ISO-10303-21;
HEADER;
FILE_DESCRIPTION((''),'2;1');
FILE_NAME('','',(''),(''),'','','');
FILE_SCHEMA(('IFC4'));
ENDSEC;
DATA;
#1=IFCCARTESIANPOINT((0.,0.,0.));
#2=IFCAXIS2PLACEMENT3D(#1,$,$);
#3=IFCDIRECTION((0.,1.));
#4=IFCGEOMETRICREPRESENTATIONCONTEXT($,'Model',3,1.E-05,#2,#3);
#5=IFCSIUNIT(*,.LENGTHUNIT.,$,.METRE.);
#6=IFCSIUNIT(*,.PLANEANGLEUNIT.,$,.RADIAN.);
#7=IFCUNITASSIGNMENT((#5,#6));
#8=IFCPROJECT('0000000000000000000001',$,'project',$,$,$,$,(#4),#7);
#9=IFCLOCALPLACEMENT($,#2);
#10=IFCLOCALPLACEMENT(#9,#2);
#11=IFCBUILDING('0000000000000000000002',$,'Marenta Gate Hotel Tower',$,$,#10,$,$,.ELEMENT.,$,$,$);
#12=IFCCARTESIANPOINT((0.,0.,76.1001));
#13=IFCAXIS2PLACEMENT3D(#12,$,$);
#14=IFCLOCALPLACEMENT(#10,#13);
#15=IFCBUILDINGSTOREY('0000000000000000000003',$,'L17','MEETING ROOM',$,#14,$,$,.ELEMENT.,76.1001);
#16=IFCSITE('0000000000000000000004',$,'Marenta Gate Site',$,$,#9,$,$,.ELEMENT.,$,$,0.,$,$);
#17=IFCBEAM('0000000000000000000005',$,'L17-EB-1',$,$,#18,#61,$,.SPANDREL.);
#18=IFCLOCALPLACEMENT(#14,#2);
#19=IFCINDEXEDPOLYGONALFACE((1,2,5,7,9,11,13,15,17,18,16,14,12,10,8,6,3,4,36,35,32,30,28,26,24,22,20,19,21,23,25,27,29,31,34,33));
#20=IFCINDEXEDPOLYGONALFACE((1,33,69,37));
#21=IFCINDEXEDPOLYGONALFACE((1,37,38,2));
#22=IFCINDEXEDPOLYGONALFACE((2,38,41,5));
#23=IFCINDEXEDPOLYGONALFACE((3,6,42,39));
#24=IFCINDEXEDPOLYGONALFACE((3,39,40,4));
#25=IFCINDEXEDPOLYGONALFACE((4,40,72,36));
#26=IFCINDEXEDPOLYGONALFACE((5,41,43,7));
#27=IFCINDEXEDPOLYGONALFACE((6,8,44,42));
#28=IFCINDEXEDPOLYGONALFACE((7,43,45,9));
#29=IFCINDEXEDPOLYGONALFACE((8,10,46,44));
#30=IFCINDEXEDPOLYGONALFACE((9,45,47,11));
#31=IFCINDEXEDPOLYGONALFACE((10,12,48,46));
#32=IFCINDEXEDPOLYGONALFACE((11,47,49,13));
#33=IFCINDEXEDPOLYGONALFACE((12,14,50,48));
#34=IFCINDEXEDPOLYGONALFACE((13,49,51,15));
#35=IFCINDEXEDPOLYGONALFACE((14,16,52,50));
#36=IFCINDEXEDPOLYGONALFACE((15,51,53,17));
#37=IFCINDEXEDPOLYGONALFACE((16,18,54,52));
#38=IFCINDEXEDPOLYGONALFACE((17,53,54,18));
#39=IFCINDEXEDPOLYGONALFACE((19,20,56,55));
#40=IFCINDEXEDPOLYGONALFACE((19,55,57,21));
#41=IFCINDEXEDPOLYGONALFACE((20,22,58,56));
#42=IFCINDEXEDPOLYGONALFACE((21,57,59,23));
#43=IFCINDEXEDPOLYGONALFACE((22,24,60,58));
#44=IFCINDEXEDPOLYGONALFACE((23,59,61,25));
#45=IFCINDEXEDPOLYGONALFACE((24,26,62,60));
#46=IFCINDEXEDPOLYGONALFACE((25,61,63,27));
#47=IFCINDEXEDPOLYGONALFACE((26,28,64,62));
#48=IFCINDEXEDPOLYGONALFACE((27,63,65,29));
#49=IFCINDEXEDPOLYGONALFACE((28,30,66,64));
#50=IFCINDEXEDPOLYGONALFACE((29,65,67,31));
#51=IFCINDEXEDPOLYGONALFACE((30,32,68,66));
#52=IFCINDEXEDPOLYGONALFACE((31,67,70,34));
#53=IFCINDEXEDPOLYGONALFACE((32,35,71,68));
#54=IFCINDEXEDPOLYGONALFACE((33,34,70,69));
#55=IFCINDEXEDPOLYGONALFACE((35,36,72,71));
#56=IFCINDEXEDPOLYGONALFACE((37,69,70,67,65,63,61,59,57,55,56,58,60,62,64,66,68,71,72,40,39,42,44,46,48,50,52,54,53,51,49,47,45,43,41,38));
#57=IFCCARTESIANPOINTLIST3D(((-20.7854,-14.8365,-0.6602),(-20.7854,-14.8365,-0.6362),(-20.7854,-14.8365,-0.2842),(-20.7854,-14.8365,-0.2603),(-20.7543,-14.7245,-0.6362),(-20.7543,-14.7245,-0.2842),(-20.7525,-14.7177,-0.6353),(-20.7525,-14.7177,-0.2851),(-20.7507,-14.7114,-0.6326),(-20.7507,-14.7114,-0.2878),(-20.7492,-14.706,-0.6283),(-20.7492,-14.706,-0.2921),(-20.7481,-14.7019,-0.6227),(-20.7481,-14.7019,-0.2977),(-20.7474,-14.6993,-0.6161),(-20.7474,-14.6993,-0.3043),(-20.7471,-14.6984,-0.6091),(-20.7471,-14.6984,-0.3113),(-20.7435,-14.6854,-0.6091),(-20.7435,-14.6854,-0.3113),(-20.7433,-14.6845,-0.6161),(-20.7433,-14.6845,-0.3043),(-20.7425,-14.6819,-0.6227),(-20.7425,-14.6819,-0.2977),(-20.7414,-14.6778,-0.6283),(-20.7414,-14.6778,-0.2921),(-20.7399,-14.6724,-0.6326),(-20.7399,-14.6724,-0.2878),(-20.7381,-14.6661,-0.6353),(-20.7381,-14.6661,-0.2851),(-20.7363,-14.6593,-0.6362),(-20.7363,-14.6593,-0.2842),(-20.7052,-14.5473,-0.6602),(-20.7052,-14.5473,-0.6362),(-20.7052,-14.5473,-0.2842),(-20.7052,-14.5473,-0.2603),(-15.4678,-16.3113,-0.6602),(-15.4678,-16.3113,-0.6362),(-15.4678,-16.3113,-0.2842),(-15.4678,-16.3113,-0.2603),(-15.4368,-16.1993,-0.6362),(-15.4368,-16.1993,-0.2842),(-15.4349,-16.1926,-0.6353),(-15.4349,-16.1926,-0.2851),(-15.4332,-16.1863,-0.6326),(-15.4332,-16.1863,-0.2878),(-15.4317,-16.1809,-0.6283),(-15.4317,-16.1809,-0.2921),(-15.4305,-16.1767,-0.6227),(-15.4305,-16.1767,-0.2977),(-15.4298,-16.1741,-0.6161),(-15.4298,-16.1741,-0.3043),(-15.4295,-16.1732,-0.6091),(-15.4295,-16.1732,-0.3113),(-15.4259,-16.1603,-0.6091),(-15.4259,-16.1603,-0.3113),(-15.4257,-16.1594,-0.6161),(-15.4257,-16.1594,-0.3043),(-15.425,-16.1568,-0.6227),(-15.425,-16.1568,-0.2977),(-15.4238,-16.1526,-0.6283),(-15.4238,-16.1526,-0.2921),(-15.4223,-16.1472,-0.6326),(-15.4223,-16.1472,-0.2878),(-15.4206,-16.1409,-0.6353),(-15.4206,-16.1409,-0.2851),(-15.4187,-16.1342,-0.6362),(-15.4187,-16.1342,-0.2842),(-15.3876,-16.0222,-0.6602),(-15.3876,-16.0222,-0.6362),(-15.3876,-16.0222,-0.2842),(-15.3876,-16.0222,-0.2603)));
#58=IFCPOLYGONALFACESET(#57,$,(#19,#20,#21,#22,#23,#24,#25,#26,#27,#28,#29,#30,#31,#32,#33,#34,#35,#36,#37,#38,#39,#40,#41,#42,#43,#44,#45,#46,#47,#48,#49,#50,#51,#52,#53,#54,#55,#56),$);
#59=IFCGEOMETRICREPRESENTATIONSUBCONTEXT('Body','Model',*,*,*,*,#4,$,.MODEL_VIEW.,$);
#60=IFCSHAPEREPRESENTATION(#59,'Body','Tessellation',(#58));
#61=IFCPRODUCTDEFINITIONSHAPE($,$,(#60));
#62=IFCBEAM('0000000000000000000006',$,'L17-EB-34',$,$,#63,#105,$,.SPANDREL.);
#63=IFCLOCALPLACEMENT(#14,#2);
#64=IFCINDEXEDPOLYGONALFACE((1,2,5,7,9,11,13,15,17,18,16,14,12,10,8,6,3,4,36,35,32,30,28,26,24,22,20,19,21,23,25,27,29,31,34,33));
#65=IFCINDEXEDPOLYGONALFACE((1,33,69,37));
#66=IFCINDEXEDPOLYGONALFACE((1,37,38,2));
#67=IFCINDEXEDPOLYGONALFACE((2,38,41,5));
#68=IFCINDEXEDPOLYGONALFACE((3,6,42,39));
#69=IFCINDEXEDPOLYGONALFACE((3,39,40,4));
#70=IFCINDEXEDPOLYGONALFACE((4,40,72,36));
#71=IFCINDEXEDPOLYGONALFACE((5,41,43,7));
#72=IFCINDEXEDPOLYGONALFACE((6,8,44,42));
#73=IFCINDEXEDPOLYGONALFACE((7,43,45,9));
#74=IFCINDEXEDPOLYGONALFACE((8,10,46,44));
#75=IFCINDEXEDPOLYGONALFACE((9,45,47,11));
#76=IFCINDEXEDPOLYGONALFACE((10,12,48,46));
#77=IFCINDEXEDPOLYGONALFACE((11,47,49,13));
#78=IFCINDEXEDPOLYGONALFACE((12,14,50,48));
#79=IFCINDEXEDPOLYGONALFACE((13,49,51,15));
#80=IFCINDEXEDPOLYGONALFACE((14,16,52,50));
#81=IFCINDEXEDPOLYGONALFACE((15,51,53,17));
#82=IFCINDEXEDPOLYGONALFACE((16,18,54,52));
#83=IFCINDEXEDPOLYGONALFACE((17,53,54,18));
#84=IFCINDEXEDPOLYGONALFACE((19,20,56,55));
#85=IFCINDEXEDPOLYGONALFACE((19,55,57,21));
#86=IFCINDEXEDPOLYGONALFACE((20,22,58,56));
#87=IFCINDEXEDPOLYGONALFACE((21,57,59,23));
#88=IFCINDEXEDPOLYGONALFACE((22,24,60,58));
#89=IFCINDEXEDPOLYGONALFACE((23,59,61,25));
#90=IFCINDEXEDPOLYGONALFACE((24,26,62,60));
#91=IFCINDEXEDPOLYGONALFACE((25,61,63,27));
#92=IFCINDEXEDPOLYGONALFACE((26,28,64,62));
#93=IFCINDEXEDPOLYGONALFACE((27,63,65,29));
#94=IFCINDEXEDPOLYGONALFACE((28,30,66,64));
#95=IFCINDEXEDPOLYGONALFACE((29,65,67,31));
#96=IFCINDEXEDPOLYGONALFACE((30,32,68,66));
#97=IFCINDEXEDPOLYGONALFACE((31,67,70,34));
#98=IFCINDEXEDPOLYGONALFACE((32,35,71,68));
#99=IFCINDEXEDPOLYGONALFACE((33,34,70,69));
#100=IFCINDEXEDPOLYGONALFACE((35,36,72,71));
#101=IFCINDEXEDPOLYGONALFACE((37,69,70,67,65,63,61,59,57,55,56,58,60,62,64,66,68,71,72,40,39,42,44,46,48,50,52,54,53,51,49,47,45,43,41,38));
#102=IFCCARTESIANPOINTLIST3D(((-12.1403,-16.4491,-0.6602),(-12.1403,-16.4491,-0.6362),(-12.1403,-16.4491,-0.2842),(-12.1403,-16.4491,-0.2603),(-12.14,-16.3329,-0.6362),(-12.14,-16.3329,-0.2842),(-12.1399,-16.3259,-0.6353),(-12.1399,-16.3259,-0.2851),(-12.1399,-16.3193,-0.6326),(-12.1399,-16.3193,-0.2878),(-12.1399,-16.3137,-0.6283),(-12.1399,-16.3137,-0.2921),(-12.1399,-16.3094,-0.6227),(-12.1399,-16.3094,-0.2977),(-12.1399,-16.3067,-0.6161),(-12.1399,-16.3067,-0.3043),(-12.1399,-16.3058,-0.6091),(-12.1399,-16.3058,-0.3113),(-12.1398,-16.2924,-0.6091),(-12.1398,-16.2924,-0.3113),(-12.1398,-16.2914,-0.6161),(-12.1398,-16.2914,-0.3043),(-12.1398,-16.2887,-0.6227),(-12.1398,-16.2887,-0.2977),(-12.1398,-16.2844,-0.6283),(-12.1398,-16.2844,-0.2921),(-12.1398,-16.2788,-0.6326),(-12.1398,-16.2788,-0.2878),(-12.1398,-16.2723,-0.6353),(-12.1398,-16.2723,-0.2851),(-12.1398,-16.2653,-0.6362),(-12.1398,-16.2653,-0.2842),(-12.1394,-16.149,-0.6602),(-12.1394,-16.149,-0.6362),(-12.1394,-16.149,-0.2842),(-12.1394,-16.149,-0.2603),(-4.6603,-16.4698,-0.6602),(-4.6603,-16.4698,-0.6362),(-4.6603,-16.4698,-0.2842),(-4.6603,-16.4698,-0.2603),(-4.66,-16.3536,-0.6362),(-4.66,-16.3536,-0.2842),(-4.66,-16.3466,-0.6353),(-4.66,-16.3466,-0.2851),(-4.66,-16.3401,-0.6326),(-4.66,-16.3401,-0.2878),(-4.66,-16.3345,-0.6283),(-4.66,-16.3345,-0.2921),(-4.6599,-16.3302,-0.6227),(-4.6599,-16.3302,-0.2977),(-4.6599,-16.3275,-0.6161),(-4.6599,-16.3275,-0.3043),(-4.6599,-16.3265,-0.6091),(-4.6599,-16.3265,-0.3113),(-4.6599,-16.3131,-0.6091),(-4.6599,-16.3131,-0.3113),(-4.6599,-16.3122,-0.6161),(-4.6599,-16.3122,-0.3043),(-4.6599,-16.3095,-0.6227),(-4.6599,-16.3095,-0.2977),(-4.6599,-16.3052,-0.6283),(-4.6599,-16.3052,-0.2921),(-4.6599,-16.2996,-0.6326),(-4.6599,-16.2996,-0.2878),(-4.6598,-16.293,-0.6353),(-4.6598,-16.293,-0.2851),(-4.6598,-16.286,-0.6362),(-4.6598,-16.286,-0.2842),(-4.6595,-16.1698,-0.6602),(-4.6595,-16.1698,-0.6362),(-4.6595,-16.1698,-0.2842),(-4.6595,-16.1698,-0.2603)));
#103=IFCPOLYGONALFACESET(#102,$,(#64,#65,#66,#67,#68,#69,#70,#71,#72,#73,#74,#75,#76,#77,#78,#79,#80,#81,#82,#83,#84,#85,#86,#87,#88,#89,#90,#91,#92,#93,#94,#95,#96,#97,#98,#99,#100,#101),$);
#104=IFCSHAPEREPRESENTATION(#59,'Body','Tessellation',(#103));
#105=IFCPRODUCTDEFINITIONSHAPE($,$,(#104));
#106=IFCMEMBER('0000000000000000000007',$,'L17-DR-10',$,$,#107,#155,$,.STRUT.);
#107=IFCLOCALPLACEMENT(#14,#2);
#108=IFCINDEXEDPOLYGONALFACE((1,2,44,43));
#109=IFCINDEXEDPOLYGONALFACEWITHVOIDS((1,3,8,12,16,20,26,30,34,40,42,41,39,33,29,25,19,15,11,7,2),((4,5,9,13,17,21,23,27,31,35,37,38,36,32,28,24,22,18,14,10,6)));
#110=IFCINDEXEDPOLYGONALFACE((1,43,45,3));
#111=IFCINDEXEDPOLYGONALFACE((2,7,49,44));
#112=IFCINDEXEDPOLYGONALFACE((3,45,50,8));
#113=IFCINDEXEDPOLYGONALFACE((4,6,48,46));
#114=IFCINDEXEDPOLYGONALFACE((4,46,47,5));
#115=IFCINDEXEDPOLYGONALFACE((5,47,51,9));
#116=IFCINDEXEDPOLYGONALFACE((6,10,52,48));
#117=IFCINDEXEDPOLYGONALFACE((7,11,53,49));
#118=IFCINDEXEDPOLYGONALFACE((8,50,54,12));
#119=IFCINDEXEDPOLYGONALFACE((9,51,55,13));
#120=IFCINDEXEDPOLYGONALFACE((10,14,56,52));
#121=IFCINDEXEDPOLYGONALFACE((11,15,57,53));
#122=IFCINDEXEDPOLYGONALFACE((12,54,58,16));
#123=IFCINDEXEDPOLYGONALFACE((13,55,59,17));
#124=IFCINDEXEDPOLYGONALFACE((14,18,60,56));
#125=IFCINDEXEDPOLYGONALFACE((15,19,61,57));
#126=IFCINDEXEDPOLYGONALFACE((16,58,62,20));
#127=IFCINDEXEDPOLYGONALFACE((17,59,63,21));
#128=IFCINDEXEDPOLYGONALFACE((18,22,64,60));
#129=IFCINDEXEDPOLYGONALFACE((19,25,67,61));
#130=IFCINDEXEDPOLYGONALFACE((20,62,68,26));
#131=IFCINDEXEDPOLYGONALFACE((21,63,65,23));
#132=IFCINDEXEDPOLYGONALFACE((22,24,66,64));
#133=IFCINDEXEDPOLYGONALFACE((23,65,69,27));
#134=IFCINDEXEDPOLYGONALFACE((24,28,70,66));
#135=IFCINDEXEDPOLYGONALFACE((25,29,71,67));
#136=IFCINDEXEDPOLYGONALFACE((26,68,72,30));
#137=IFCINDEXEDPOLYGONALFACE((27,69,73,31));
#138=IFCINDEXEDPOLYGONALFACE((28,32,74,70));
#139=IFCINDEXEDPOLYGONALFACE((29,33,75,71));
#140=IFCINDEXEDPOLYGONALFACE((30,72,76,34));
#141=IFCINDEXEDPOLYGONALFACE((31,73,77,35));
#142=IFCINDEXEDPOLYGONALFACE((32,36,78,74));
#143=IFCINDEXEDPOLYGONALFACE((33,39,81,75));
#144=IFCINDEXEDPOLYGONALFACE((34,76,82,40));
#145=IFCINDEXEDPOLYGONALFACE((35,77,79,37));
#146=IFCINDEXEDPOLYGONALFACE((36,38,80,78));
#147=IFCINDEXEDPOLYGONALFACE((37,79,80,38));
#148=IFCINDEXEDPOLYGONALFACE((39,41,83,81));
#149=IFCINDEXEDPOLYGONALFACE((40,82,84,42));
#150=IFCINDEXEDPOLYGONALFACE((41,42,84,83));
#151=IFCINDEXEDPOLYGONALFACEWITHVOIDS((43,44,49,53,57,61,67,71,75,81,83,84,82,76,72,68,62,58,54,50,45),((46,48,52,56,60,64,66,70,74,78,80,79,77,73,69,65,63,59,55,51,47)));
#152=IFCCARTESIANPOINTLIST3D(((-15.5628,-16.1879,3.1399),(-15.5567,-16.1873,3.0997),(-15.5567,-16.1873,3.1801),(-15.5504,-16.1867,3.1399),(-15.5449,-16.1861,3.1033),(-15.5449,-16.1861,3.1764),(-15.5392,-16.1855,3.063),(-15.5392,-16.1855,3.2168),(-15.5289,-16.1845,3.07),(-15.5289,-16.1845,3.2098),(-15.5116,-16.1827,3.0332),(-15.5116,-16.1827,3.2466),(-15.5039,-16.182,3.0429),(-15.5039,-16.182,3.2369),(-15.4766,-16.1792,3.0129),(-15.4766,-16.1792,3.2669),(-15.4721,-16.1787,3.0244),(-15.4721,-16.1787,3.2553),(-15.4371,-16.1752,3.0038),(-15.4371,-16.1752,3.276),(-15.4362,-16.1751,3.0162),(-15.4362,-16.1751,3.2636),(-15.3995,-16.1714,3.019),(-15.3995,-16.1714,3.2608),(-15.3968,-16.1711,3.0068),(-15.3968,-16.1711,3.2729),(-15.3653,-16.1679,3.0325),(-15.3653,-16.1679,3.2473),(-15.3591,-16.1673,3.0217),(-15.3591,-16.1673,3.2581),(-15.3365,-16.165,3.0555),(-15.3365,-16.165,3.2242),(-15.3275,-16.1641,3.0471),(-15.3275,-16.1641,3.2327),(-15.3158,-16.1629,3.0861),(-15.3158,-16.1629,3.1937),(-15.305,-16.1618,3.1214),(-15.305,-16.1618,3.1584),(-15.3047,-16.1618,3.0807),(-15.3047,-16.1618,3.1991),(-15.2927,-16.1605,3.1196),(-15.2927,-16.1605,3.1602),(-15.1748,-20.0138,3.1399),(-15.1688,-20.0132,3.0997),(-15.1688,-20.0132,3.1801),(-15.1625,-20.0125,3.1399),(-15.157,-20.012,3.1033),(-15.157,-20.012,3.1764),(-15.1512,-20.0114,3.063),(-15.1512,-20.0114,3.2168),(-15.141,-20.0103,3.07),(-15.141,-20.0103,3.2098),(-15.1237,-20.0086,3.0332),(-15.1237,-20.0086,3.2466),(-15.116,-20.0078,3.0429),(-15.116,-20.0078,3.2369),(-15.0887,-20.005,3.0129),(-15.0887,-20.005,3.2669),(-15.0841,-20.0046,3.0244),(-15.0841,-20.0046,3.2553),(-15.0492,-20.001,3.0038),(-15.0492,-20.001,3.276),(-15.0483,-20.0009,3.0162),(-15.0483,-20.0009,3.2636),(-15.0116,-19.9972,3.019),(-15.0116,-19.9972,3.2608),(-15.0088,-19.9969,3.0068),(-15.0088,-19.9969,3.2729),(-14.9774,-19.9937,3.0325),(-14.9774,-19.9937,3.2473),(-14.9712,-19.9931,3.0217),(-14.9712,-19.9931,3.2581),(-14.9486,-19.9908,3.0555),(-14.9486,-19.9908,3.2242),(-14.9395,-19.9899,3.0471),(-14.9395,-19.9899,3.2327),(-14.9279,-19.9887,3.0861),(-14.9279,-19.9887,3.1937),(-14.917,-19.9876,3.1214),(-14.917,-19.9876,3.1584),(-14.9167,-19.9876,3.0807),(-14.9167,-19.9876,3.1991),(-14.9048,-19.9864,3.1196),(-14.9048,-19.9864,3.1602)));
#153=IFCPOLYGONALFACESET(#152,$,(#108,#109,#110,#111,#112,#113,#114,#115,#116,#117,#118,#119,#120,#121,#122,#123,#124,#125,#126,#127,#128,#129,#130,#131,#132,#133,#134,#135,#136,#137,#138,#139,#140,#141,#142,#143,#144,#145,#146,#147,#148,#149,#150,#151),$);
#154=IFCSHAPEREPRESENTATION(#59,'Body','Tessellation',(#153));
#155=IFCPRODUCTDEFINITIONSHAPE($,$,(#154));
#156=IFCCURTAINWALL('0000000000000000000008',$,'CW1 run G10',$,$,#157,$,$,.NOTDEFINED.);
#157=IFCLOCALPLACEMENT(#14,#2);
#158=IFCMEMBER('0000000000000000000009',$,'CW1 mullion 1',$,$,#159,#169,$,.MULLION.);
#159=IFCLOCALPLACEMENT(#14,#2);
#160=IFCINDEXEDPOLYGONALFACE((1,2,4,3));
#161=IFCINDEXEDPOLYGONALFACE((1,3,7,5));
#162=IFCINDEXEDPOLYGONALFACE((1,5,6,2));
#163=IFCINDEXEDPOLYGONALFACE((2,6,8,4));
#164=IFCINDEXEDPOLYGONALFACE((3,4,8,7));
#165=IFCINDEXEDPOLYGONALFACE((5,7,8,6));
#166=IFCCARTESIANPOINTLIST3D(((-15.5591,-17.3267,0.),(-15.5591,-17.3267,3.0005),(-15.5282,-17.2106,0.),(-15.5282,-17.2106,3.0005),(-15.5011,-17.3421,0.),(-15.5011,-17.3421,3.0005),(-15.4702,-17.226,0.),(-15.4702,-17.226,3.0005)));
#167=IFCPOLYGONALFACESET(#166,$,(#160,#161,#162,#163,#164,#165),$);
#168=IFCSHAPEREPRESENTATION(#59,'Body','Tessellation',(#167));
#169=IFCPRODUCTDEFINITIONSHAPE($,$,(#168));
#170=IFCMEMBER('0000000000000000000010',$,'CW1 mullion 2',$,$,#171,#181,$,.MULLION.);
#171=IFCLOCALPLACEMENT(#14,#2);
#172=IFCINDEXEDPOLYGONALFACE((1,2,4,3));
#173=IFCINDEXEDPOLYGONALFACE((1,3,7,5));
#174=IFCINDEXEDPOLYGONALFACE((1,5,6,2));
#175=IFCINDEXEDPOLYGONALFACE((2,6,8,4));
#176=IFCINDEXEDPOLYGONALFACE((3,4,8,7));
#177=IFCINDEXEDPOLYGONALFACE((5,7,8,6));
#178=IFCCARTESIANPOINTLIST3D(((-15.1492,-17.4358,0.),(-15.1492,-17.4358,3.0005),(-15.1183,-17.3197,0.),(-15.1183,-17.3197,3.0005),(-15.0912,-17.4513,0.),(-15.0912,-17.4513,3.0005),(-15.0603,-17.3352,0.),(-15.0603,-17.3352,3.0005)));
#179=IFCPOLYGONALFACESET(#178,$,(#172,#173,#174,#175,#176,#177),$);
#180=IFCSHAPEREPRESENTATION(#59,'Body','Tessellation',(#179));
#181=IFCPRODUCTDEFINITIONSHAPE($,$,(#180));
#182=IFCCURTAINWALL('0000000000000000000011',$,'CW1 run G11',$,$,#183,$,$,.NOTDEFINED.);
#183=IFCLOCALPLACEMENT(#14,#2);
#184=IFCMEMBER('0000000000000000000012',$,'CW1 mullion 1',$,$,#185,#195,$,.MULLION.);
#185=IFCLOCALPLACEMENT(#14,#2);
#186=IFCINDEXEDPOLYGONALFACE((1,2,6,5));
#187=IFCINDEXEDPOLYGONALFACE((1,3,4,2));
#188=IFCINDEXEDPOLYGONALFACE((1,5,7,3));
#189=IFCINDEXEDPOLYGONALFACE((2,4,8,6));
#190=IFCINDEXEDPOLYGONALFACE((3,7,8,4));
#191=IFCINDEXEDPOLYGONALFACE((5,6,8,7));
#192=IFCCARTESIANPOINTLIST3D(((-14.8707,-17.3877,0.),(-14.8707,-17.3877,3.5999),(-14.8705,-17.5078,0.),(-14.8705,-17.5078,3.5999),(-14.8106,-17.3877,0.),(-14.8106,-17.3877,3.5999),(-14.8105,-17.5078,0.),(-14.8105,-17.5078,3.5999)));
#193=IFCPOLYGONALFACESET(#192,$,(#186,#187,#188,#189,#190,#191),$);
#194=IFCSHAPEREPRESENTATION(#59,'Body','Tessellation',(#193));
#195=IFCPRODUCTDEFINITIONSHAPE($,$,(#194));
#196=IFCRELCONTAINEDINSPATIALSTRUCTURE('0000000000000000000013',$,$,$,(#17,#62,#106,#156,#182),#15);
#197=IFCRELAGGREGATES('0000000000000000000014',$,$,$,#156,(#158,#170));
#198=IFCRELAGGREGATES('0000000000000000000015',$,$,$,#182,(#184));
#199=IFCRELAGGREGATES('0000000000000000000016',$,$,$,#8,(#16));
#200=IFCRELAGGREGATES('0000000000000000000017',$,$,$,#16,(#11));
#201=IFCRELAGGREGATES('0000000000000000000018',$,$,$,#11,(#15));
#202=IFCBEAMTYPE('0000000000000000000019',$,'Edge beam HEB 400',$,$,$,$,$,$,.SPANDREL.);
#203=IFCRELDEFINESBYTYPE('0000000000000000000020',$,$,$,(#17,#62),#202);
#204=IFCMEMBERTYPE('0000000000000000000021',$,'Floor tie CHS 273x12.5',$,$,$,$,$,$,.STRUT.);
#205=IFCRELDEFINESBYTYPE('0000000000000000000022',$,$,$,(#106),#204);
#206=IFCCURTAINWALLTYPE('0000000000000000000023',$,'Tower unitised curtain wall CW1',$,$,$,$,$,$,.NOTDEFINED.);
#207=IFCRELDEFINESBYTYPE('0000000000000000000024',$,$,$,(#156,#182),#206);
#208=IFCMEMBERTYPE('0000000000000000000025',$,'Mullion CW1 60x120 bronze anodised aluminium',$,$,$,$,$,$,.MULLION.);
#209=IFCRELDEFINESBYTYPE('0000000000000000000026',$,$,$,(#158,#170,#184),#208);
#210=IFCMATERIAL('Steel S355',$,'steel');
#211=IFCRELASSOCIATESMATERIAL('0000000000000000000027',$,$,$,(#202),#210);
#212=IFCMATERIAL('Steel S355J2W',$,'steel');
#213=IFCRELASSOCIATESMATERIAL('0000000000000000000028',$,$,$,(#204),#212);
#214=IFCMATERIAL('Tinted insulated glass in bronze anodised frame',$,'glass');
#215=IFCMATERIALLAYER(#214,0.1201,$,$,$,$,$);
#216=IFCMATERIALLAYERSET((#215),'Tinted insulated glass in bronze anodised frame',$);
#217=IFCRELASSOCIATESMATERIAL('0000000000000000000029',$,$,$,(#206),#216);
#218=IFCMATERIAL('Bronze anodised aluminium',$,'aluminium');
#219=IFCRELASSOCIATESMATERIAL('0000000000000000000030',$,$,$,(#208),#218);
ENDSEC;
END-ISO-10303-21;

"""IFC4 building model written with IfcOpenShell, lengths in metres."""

from ifc_helpers import new_model, si_unit, direction, frame, origin, origin_2d, place, context, subcontext, project, spatial, rectangle, hollow_circle, i_section, extrude, material, layer, layer_set, material_profile, profile_set, type_object, element, aggregate, save


model = new_model("IFC4")

# Units and contexts
model_context = context("Model", 3, precision=1e-05, world=origin(), true_north=direction((0.0, 1.0)))
body_context = subcontext(model_context, "Body", "Model", "MODEL_VIEW")
ifc_project = project(units=[si_unit("LENGTHUNIT", "METRE"), si_unit("PLANEANGLEUNIT", "RADIAN")], contexts=[model_context])

# Site, building, storey
site_placement = place(None, origin())
site = spatial("IfcSite", under=ifc_project, at=site_placement, Name="Marenta Gate Site", CompositionType="ELEMENT", RefElevation=0.0)
building_placement = place(site_placement, origin())
building = spatial("IfcBuilding", under=site, at=building_placement, Name="Marenta Gate Hotel Tower", CompositionType="ELEMENT")
storey_placement = place(building_placement, frame((0.0, 0.0, 76.1001)))
storey = spatial("IfcBuildingStorey", under=building, at=storey_placement, Name="L17", Description="MEETING ROOM", CompositionType="ELEMENT", Elevation=76.1001)

# Beams
ifc_material_1 = material(Name="Steel S355", Category="steel")
ifc_material_profile_1 = material_profile(ifc_material_1, i_section(OverallWidth=0.3, OverallDepth=0.3999, WebThickness=0.0134, FlangeThickness=0.0239, FilletRadius=0.0271, at=origin_2d()), Name="HEB 400")
ifc_profile_set_1 = profile_set([ifc_material_profile_1], Name="Steel S355")
beam_type = type_object("IfcBeamType", Name="Edge beam HEB 400", PredefinedType="SPANDREL", material=ifc_profile_set_1)
beam_1_placement = place(storey_placement, frame((-15.4277, -16.1667, -0.4602), z_axis=(-0.963624, 0.267263, 0.0), x_axis=(-0.267263, -0.963624, 0.0)))
element("IfcBeam", 1, at=beam_1_placement, inside=storey, type_object=beam_type, Name="L17-EB-1", PredefinedType="SPANDREL", context=body_context, shape_type="SweptSolid", body=[
    extrude(i_section(OverallWidth=0.3, OverallDepth=0.3999, WebThickness=0.0134, FlangeThickness=0.0239, FilletRadius=0.0271, at=origin_2d()), origin(), (0.0, 0.0, 1.0), 5.5183),
])
beam_2_placement = place(storey_placement, frame((-4.6599, -16.3198, -0.4602), z_axis=(-0.999996, 0.002774, 0.0), x_axis=(-0.002774, -0.999996, 0.0)))
element("IfcBeam", 2, at=beam_2_placement, inside=storey, type_object=beam_type, Name="L17-EB-34", PredefinedType="SPANDREL", context=body_context, shape_type="SweptSolid", body=[
    extrude(i_section(OverallWidth=0.3, OverallDepth=0.3999, WebThickness=0.0134, FlangeThickness=0.0239, FilletRadius=0.0271, at=origin_2d()), origin(), (0.0, 0.0, 1.0), 7.48),
])

# Member
ifc_material_2 = material(Name="Steel S355J2W", Category="steel")
ifc_material_profile_2 = material_profile(ifc_material_2, hollow_circle(Radius=0.1365, WallThickness=0.0125, at=origin_2d()), Name="CHS 273x12.5")
ifc_profile_set_2 = profile_set([ifc_material_profile_2], Name="Steel S355J2W")
member_type_1 = type_object("IfcMemberType", Name="Floor tie CHS 273x12.5", PredefinedType="STRUT", material=ifc_profile_set_2)
member_1_placement = place(storey_placement, frame((-15.0391, -20.0, 3.1399), z_axis=(-0.10088, 0.994899, 0.0), x_axis=(-0.994899, -0.10088, 0.0)))
element("IfcMember", 3, at=member_1_placement, inside=storey, type_object=member_type_1, Name="L17-DR-10", PredefinedType="STRUT", context=body_context, shape_type="SweptSolid", body=[
    extrude(hollow_circle(Radius=0.1365, WallThickness=0.0125, at=origin_2d()), origin(), (0.0, 0.0, 1.0), 3.8455),
])

# Curtain walls, members
ifc_material_3 = material(Name="Tinted insulated glass in bronze anodised frame", Category="glass")
ifc_layer_1 = layer(ifc_material_3, 0.1201)
ifc_layer_set_1 = layer_set([ifc_layer_1], Name="Tinted insulated glass in bronze anodised frame")
curtain_wall_type = type_object("IfcCurtainWallType", Name="Tower unitised curtain wall CW1", PredefinedType="NOTDEFINED", material=ifc_layer_set_1)
curtain_wall_1_placement = place(storey_placement, origin())
curtain_wall_1 = element("IfcCurtainWall", 4, at=curtain_wall_1_placement, inside=storey, type_object=curtain_wall_type, Name="CW1 run G10", PredefinedType="NOTDEFINED")
ifc_material_4 = material(Name="Bronze anodised aluminium", Category="aluminium")
ifc_material_profile_3 = material_profile(ifc_material_4, rectangle(XDim=0.1201, YDim=0.0601, at=origin_2d()), Name="Mullion CW1 60x120 bronze anodised aluminium")
ifc_profile_set_3 = profile_set([ifc_material_profile_3], Name="Bronze anodised aluminium")
member_type_2 = type_object("IfcMemberType", Name="Mullion CW1 60x120 bronze anodised aluminium", PredefinedType="MULLION", material=ifc_profile_set_3)
member_2_placement = place(storey_placement, frame((-15.5146, -17.2764, 0.0), z_axis=(0.0, 0.0, 1.0), x_axis=(0.257084, 0.966389, 0.0)))
member_2 = element("IfcMember", 5, at=member_2_placement, type_object=member_type_2, Name="CW1 mullion 1", PredefinedType="MULLION", context=body_context, shape_type="SweptSolid", body=[
    extrude(rectangle(XDim=0.1201, YDim=0.0601, at=origin_2d()), origin(), (0.0, 0.0, 1.0), 3.0005),
])
member_3_placement = place(storey_placement, frame((-15.1047, -17.3855, 0.0), z_axis=(0.0, 0.0, 1.0), x_axis=(0.257084, 0.966389, 0.0)))
member_3 = element("IfcMember", 6, at=member_3_placement, type_object=member_type_2, Name="CW1 mullion 2", PredefinedType="MULLION", context=body_context, shape_type="SweptSolid", body=[
    extrude(rectangle(XDim=0.1201, YDim=0.0601, at=origin_2d()), origin(), (0.0, 0.0, 1.0), 3.0005),
])
curtain_wall_2_placement = place(storey_placement, origin())
curtain_wall_2 = element("IfcCurtainWall", 7, at=curtain_wall_2_placement, inside=storey, type_object=curtain_wall_type, Name="CW1 run G11", PredefinedType="NOTDEFINED")
member_4_placement = place(storey_placement, frame((-14.8406, -17.4478, 0.0), z_axis=(0.0, 0.0, 1.0), x_axis=(-0.001162, 0.999999, 0.0)))
member_4 = element("IfcMember", 8, at=member_4_placement, type_object=member_type_2, Name="CW1 mullion 1", PredefinedType="MULLION", context=body_context, shape_type="SweptSolid", body=[
    extrude(rectangle(XDim=0.1201, YDim=0.0601, at=origin_2d()), origin(), (0.0, 0.0, 1.0), 3.5999),
])

aggregate(curtain_wall_1, [member_2, member_3])
aggregate(curtain_wall_2, [member_4])

save(model, "model.ifc")
